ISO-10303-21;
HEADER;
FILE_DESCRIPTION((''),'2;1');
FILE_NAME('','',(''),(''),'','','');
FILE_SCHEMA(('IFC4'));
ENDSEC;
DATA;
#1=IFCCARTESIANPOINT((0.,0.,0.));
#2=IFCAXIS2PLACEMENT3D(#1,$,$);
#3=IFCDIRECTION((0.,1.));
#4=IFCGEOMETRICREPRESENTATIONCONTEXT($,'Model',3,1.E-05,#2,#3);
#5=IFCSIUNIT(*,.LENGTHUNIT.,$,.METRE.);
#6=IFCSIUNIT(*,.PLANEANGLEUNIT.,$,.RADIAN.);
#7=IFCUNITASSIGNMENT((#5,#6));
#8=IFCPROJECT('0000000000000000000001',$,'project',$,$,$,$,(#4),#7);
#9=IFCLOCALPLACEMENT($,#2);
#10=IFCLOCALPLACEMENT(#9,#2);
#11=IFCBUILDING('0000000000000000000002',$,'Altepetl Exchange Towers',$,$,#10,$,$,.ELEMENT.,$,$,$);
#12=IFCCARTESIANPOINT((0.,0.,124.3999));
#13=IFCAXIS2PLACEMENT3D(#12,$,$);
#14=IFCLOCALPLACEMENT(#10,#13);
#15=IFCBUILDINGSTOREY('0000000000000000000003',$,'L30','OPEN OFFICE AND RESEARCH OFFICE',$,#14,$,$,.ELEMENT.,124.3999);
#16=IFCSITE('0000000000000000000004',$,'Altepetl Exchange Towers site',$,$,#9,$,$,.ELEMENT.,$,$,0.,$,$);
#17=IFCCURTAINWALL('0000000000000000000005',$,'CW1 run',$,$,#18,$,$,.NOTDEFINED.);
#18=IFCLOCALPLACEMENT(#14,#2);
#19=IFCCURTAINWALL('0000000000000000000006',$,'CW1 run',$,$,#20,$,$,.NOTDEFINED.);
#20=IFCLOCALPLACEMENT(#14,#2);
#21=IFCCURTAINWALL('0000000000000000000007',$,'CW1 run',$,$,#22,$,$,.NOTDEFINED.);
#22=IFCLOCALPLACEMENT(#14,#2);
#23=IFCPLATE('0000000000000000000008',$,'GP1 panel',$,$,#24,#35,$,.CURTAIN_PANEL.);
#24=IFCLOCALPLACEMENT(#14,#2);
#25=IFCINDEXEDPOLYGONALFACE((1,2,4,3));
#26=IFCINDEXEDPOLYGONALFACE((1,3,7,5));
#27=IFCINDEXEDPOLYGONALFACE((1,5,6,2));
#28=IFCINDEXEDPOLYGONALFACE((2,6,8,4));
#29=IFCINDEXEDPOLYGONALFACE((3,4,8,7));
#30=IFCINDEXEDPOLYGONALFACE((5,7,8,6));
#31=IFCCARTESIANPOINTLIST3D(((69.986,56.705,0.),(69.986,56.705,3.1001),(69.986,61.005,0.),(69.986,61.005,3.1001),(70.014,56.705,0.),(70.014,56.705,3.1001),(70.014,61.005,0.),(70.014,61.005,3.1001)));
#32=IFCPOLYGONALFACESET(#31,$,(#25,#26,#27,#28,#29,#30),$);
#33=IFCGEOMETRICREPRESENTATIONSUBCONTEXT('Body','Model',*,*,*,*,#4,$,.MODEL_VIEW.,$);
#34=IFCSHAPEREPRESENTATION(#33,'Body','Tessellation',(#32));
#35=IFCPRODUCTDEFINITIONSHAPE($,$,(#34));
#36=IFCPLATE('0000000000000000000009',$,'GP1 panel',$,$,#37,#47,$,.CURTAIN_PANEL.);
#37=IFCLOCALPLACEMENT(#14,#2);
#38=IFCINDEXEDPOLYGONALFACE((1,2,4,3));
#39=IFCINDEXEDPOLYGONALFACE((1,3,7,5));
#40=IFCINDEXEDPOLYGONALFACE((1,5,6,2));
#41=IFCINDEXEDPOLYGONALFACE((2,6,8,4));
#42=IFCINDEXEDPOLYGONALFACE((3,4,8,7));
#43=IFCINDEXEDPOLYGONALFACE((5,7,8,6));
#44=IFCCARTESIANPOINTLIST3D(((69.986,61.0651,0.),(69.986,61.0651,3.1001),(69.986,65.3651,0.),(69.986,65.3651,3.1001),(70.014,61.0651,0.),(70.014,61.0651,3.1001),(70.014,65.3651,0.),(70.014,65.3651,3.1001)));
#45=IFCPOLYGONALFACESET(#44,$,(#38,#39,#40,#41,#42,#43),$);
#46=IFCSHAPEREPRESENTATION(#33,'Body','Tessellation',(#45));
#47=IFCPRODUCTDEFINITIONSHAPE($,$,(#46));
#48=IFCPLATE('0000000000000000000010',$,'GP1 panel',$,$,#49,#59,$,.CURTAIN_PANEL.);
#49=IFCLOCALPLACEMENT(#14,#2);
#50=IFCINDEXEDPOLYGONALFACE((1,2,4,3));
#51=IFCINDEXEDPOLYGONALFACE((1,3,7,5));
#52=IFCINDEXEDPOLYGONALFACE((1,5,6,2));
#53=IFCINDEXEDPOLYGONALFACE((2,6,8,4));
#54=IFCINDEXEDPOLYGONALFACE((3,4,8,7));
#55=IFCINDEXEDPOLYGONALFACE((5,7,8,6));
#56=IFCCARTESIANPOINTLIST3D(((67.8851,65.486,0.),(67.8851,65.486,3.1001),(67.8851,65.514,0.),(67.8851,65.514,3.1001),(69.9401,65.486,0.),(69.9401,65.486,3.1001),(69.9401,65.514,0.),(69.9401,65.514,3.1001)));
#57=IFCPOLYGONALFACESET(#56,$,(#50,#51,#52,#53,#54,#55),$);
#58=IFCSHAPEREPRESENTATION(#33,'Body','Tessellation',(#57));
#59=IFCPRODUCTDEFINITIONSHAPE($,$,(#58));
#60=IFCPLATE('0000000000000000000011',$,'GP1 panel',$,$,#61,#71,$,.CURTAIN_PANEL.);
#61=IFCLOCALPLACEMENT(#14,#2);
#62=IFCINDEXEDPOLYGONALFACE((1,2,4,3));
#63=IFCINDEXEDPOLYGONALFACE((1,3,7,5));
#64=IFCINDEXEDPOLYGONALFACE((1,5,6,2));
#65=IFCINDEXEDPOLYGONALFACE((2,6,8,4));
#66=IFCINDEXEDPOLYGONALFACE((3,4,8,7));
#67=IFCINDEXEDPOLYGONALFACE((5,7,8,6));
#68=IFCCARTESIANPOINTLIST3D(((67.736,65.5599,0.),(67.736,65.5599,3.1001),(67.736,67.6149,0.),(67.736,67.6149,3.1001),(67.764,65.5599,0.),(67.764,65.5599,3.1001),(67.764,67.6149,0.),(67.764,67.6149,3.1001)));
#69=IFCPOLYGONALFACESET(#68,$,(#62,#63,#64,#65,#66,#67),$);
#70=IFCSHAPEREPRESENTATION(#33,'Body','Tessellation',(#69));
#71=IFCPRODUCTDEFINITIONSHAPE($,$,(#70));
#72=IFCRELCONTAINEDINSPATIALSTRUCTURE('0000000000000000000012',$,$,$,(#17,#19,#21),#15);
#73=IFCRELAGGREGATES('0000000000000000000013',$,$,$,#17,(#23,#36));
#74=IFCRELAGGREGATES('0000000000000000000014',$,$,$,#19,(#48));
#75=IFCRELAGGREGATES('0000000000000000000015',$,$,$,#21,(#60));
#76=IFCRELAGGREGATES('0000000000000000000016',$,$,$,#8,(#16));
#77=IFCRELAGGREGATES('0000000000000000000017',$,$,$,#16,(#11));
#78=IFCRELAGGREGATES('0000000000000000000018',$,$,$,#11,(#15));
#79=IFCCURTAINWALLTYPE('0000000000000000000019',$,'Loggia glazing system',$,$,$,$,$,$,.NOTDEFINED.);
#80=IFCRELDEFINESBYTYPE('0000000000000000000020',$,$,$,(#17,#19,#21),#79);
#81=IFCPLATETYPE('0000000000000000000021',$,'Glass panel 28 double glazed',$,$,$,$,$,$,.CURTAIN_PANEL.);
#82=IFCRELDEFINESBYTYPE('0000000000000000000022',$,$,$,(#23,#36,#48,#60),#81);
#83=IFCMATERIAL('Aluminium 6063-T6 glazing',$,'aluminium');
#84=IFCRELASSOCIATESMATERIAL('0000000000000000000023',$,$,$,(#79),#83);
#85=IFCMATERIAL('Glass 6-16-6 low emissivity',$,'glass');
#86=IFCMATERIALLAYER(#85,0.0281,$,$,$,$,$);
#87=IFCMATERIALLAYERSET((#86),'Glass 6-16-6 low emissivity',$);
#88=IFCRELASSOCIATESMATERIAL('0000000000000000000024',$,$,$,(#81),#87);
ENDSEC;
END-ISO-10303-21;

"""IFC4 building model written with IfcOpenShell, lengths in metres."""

from ifc_helpers import new_model, si_unit, direction, frame, origin, origin_2d, place, context, subcontext, project, spatial, rectangle, extrude, material, layer, layer_set, type_object, element, aggregate, save


model = new_model("IFC4")

# Units and contexts
model_context = context("Model", 3, precision=1e-05, world=origin(), true_north=direction((0.0, 1.0)))
body_context = subcontext(model_context, "Body", "Model", "MODEL_VIEW")
ifc_project = project(units=[si_unit("LENGTHUNIT", "METRE"), si_unit("PLANEANGLEUNIT", "RADIAN")], contexts=[model_context])

# Site, building, storey
site_placement = place(None, origin())
site = spatial("IfcSite", under=ifc_project, at=site_placement, Name="Altepetl Exchange Towers site", CompositionType="ELEMENT", RefElevation=0.0)
building_placement = place(site_placement, origin())
building = spatial("IfcBuilding", under=site, at=building_placement, Name="Altepetl Exchange Towers", CompositionType="ELEMENT")
storey_placement = place(building_placement, frame((0.0, 0.0, 124.3999)))
storey = spatial("IfcBuildingStorey", under=building, at=storey_placement, Name="L30", Description="OPEN OFFICE AND RESEARCH OFFICE", CompositionType="ELEMENT", Elevation=124.3999)

# Curtain walls
ifc_material_1 = material(Name="Aluminium 6063-T6 glazing", Category="aluminium")
curtain_wall_type = type_object("IfcCurtainWallType", Name="Loggia glazing system", PredefinedType="NOTDEFINED", material=ifc_material_1)
curtain_wall_1_placement = place(storey_placement, origin())
curtain_wall_1 = element("IfcCurtainWall", 1, at=curtain_wall_1_placement, inside=storey, type_object=curtain_wall_type, Name="CW1 run", PredefinedType="NOTDEFINED")
curtain_wall_2_placement = place(storey_placement, origin())
curtain_wall_2 = element("IfcCurtainWall", 2, at=curtain_wall_2_placement, inside=storey, type_object=curtain_wall_type, Name="CW1 run", PredefinedType="NOTDEFINED")

# Curtain wall
curtain_wall_3_placement = place(storey_placement, origin())
curtain_wall_3 = element("IfcCurtainWall", 3, at=curtain_wall_3_placement, inside=storey, type_object=curtain_wall_type, Name="CW1 run", PredefinedType="NOTDEFINED")

# Plates
ifc_material_2 = material(Name="Glass 6-16-6 low emissivity", Category="glass")
ifc_layer = layer(ifc_material_2, 0.0281)
ifc_layer_set = layer_set([ifc_layer], Name="Glass 6-16-6 low emissivity")
plate_type = type_object("IfcPlateType", Name="Glass panel 28 double glazed", PredefinedType="CURTAIN_PANEL", material=ifc_layer_set)
plate_1_placement = place(storey_placement, frame((70.0, 58.855, 0.0), z_axis=(0.0, 0.0, 1.0), x_axis=(0.0, 1.0, 0.0)))
plate_1 = element("IfcPlate", 4, at=plate_1_placement, type_object=plate_type, Name="GP1 panel", PredefinedType="CURTAIN_PANEL", context=body_context, shape_type="SweptSolid", body=[
    extrude(rectangle(XDim=4.3, YDim=0.0281, at=origin_2d()), origin(), (0.0, 0.0, 1.0), 3.1001),
])
plate_2_placement = place(storey_placement, frame((70.0, 63.2151, 0.0), z_axis=(0.0, 0.0, 1.0), x_axis=(0.0, 1.0, 0.0)))
plate_2 = element("IfcPlate", 5, at=plate_2_placement, type_object=plate_type, Name="GP1 panel", PredefinedType="CURTAIN_PANEL", context=body_context, shape_type="SweptSolid", body=[
    extrude(rectangle(XDim=4.3, YDim=0.0281, at=origin_2d()), origin(), (0.0, 0.0, 1.0), 3.1001),
])
aggregate(curtain_wall_1, [plate_1, plate_2])
plate_3_placement = place(storey_placement, frame((68.9126, 65.5, 0.0), z_axis=(0.0, 0.0, 1.0), x_axis=(-1.0, 0.0, 0.0)))
plate_3 = element("IfcPlate", 6, at=plate_3_placement, type_object=plate_type, Name="GP1 panel", PredefinedType="CURTAIN_PANEL", context=body_context, shape_type="SweptSolid", body=[
    extrude(rectangle(XDim=2.0549, YDim=0.0281, at=origin_2d()), origin(), (0.0, 0.0, 1.0), 3.1001),
])
aggregate(curtain_wall_2, [plate_3])
plate_4_placement = place(storey_placement, frame((67.75, 66.5874, 0.0), z_axis=(0.0, 0.0, 1.0), x_axis=(0.0, 1.0, 0.0)))
plate_4 = element("IfcPlate", 7, at=plate_4_placement, type_object=plate_type, Name="GP1 panel", PredefinedType="CURTAIN_PANEL", context=body_context, shape_type="SweptSolid", body=[
    extrude(rectangle(XDim=2.0549, YDim=0.0281, at=origin_2d()), origin(), (0.0, 0.0, 1.0), 3.1001),
])
aggregate(curtain_wall_3, [plate_4])

save(model, "model.ifc")
